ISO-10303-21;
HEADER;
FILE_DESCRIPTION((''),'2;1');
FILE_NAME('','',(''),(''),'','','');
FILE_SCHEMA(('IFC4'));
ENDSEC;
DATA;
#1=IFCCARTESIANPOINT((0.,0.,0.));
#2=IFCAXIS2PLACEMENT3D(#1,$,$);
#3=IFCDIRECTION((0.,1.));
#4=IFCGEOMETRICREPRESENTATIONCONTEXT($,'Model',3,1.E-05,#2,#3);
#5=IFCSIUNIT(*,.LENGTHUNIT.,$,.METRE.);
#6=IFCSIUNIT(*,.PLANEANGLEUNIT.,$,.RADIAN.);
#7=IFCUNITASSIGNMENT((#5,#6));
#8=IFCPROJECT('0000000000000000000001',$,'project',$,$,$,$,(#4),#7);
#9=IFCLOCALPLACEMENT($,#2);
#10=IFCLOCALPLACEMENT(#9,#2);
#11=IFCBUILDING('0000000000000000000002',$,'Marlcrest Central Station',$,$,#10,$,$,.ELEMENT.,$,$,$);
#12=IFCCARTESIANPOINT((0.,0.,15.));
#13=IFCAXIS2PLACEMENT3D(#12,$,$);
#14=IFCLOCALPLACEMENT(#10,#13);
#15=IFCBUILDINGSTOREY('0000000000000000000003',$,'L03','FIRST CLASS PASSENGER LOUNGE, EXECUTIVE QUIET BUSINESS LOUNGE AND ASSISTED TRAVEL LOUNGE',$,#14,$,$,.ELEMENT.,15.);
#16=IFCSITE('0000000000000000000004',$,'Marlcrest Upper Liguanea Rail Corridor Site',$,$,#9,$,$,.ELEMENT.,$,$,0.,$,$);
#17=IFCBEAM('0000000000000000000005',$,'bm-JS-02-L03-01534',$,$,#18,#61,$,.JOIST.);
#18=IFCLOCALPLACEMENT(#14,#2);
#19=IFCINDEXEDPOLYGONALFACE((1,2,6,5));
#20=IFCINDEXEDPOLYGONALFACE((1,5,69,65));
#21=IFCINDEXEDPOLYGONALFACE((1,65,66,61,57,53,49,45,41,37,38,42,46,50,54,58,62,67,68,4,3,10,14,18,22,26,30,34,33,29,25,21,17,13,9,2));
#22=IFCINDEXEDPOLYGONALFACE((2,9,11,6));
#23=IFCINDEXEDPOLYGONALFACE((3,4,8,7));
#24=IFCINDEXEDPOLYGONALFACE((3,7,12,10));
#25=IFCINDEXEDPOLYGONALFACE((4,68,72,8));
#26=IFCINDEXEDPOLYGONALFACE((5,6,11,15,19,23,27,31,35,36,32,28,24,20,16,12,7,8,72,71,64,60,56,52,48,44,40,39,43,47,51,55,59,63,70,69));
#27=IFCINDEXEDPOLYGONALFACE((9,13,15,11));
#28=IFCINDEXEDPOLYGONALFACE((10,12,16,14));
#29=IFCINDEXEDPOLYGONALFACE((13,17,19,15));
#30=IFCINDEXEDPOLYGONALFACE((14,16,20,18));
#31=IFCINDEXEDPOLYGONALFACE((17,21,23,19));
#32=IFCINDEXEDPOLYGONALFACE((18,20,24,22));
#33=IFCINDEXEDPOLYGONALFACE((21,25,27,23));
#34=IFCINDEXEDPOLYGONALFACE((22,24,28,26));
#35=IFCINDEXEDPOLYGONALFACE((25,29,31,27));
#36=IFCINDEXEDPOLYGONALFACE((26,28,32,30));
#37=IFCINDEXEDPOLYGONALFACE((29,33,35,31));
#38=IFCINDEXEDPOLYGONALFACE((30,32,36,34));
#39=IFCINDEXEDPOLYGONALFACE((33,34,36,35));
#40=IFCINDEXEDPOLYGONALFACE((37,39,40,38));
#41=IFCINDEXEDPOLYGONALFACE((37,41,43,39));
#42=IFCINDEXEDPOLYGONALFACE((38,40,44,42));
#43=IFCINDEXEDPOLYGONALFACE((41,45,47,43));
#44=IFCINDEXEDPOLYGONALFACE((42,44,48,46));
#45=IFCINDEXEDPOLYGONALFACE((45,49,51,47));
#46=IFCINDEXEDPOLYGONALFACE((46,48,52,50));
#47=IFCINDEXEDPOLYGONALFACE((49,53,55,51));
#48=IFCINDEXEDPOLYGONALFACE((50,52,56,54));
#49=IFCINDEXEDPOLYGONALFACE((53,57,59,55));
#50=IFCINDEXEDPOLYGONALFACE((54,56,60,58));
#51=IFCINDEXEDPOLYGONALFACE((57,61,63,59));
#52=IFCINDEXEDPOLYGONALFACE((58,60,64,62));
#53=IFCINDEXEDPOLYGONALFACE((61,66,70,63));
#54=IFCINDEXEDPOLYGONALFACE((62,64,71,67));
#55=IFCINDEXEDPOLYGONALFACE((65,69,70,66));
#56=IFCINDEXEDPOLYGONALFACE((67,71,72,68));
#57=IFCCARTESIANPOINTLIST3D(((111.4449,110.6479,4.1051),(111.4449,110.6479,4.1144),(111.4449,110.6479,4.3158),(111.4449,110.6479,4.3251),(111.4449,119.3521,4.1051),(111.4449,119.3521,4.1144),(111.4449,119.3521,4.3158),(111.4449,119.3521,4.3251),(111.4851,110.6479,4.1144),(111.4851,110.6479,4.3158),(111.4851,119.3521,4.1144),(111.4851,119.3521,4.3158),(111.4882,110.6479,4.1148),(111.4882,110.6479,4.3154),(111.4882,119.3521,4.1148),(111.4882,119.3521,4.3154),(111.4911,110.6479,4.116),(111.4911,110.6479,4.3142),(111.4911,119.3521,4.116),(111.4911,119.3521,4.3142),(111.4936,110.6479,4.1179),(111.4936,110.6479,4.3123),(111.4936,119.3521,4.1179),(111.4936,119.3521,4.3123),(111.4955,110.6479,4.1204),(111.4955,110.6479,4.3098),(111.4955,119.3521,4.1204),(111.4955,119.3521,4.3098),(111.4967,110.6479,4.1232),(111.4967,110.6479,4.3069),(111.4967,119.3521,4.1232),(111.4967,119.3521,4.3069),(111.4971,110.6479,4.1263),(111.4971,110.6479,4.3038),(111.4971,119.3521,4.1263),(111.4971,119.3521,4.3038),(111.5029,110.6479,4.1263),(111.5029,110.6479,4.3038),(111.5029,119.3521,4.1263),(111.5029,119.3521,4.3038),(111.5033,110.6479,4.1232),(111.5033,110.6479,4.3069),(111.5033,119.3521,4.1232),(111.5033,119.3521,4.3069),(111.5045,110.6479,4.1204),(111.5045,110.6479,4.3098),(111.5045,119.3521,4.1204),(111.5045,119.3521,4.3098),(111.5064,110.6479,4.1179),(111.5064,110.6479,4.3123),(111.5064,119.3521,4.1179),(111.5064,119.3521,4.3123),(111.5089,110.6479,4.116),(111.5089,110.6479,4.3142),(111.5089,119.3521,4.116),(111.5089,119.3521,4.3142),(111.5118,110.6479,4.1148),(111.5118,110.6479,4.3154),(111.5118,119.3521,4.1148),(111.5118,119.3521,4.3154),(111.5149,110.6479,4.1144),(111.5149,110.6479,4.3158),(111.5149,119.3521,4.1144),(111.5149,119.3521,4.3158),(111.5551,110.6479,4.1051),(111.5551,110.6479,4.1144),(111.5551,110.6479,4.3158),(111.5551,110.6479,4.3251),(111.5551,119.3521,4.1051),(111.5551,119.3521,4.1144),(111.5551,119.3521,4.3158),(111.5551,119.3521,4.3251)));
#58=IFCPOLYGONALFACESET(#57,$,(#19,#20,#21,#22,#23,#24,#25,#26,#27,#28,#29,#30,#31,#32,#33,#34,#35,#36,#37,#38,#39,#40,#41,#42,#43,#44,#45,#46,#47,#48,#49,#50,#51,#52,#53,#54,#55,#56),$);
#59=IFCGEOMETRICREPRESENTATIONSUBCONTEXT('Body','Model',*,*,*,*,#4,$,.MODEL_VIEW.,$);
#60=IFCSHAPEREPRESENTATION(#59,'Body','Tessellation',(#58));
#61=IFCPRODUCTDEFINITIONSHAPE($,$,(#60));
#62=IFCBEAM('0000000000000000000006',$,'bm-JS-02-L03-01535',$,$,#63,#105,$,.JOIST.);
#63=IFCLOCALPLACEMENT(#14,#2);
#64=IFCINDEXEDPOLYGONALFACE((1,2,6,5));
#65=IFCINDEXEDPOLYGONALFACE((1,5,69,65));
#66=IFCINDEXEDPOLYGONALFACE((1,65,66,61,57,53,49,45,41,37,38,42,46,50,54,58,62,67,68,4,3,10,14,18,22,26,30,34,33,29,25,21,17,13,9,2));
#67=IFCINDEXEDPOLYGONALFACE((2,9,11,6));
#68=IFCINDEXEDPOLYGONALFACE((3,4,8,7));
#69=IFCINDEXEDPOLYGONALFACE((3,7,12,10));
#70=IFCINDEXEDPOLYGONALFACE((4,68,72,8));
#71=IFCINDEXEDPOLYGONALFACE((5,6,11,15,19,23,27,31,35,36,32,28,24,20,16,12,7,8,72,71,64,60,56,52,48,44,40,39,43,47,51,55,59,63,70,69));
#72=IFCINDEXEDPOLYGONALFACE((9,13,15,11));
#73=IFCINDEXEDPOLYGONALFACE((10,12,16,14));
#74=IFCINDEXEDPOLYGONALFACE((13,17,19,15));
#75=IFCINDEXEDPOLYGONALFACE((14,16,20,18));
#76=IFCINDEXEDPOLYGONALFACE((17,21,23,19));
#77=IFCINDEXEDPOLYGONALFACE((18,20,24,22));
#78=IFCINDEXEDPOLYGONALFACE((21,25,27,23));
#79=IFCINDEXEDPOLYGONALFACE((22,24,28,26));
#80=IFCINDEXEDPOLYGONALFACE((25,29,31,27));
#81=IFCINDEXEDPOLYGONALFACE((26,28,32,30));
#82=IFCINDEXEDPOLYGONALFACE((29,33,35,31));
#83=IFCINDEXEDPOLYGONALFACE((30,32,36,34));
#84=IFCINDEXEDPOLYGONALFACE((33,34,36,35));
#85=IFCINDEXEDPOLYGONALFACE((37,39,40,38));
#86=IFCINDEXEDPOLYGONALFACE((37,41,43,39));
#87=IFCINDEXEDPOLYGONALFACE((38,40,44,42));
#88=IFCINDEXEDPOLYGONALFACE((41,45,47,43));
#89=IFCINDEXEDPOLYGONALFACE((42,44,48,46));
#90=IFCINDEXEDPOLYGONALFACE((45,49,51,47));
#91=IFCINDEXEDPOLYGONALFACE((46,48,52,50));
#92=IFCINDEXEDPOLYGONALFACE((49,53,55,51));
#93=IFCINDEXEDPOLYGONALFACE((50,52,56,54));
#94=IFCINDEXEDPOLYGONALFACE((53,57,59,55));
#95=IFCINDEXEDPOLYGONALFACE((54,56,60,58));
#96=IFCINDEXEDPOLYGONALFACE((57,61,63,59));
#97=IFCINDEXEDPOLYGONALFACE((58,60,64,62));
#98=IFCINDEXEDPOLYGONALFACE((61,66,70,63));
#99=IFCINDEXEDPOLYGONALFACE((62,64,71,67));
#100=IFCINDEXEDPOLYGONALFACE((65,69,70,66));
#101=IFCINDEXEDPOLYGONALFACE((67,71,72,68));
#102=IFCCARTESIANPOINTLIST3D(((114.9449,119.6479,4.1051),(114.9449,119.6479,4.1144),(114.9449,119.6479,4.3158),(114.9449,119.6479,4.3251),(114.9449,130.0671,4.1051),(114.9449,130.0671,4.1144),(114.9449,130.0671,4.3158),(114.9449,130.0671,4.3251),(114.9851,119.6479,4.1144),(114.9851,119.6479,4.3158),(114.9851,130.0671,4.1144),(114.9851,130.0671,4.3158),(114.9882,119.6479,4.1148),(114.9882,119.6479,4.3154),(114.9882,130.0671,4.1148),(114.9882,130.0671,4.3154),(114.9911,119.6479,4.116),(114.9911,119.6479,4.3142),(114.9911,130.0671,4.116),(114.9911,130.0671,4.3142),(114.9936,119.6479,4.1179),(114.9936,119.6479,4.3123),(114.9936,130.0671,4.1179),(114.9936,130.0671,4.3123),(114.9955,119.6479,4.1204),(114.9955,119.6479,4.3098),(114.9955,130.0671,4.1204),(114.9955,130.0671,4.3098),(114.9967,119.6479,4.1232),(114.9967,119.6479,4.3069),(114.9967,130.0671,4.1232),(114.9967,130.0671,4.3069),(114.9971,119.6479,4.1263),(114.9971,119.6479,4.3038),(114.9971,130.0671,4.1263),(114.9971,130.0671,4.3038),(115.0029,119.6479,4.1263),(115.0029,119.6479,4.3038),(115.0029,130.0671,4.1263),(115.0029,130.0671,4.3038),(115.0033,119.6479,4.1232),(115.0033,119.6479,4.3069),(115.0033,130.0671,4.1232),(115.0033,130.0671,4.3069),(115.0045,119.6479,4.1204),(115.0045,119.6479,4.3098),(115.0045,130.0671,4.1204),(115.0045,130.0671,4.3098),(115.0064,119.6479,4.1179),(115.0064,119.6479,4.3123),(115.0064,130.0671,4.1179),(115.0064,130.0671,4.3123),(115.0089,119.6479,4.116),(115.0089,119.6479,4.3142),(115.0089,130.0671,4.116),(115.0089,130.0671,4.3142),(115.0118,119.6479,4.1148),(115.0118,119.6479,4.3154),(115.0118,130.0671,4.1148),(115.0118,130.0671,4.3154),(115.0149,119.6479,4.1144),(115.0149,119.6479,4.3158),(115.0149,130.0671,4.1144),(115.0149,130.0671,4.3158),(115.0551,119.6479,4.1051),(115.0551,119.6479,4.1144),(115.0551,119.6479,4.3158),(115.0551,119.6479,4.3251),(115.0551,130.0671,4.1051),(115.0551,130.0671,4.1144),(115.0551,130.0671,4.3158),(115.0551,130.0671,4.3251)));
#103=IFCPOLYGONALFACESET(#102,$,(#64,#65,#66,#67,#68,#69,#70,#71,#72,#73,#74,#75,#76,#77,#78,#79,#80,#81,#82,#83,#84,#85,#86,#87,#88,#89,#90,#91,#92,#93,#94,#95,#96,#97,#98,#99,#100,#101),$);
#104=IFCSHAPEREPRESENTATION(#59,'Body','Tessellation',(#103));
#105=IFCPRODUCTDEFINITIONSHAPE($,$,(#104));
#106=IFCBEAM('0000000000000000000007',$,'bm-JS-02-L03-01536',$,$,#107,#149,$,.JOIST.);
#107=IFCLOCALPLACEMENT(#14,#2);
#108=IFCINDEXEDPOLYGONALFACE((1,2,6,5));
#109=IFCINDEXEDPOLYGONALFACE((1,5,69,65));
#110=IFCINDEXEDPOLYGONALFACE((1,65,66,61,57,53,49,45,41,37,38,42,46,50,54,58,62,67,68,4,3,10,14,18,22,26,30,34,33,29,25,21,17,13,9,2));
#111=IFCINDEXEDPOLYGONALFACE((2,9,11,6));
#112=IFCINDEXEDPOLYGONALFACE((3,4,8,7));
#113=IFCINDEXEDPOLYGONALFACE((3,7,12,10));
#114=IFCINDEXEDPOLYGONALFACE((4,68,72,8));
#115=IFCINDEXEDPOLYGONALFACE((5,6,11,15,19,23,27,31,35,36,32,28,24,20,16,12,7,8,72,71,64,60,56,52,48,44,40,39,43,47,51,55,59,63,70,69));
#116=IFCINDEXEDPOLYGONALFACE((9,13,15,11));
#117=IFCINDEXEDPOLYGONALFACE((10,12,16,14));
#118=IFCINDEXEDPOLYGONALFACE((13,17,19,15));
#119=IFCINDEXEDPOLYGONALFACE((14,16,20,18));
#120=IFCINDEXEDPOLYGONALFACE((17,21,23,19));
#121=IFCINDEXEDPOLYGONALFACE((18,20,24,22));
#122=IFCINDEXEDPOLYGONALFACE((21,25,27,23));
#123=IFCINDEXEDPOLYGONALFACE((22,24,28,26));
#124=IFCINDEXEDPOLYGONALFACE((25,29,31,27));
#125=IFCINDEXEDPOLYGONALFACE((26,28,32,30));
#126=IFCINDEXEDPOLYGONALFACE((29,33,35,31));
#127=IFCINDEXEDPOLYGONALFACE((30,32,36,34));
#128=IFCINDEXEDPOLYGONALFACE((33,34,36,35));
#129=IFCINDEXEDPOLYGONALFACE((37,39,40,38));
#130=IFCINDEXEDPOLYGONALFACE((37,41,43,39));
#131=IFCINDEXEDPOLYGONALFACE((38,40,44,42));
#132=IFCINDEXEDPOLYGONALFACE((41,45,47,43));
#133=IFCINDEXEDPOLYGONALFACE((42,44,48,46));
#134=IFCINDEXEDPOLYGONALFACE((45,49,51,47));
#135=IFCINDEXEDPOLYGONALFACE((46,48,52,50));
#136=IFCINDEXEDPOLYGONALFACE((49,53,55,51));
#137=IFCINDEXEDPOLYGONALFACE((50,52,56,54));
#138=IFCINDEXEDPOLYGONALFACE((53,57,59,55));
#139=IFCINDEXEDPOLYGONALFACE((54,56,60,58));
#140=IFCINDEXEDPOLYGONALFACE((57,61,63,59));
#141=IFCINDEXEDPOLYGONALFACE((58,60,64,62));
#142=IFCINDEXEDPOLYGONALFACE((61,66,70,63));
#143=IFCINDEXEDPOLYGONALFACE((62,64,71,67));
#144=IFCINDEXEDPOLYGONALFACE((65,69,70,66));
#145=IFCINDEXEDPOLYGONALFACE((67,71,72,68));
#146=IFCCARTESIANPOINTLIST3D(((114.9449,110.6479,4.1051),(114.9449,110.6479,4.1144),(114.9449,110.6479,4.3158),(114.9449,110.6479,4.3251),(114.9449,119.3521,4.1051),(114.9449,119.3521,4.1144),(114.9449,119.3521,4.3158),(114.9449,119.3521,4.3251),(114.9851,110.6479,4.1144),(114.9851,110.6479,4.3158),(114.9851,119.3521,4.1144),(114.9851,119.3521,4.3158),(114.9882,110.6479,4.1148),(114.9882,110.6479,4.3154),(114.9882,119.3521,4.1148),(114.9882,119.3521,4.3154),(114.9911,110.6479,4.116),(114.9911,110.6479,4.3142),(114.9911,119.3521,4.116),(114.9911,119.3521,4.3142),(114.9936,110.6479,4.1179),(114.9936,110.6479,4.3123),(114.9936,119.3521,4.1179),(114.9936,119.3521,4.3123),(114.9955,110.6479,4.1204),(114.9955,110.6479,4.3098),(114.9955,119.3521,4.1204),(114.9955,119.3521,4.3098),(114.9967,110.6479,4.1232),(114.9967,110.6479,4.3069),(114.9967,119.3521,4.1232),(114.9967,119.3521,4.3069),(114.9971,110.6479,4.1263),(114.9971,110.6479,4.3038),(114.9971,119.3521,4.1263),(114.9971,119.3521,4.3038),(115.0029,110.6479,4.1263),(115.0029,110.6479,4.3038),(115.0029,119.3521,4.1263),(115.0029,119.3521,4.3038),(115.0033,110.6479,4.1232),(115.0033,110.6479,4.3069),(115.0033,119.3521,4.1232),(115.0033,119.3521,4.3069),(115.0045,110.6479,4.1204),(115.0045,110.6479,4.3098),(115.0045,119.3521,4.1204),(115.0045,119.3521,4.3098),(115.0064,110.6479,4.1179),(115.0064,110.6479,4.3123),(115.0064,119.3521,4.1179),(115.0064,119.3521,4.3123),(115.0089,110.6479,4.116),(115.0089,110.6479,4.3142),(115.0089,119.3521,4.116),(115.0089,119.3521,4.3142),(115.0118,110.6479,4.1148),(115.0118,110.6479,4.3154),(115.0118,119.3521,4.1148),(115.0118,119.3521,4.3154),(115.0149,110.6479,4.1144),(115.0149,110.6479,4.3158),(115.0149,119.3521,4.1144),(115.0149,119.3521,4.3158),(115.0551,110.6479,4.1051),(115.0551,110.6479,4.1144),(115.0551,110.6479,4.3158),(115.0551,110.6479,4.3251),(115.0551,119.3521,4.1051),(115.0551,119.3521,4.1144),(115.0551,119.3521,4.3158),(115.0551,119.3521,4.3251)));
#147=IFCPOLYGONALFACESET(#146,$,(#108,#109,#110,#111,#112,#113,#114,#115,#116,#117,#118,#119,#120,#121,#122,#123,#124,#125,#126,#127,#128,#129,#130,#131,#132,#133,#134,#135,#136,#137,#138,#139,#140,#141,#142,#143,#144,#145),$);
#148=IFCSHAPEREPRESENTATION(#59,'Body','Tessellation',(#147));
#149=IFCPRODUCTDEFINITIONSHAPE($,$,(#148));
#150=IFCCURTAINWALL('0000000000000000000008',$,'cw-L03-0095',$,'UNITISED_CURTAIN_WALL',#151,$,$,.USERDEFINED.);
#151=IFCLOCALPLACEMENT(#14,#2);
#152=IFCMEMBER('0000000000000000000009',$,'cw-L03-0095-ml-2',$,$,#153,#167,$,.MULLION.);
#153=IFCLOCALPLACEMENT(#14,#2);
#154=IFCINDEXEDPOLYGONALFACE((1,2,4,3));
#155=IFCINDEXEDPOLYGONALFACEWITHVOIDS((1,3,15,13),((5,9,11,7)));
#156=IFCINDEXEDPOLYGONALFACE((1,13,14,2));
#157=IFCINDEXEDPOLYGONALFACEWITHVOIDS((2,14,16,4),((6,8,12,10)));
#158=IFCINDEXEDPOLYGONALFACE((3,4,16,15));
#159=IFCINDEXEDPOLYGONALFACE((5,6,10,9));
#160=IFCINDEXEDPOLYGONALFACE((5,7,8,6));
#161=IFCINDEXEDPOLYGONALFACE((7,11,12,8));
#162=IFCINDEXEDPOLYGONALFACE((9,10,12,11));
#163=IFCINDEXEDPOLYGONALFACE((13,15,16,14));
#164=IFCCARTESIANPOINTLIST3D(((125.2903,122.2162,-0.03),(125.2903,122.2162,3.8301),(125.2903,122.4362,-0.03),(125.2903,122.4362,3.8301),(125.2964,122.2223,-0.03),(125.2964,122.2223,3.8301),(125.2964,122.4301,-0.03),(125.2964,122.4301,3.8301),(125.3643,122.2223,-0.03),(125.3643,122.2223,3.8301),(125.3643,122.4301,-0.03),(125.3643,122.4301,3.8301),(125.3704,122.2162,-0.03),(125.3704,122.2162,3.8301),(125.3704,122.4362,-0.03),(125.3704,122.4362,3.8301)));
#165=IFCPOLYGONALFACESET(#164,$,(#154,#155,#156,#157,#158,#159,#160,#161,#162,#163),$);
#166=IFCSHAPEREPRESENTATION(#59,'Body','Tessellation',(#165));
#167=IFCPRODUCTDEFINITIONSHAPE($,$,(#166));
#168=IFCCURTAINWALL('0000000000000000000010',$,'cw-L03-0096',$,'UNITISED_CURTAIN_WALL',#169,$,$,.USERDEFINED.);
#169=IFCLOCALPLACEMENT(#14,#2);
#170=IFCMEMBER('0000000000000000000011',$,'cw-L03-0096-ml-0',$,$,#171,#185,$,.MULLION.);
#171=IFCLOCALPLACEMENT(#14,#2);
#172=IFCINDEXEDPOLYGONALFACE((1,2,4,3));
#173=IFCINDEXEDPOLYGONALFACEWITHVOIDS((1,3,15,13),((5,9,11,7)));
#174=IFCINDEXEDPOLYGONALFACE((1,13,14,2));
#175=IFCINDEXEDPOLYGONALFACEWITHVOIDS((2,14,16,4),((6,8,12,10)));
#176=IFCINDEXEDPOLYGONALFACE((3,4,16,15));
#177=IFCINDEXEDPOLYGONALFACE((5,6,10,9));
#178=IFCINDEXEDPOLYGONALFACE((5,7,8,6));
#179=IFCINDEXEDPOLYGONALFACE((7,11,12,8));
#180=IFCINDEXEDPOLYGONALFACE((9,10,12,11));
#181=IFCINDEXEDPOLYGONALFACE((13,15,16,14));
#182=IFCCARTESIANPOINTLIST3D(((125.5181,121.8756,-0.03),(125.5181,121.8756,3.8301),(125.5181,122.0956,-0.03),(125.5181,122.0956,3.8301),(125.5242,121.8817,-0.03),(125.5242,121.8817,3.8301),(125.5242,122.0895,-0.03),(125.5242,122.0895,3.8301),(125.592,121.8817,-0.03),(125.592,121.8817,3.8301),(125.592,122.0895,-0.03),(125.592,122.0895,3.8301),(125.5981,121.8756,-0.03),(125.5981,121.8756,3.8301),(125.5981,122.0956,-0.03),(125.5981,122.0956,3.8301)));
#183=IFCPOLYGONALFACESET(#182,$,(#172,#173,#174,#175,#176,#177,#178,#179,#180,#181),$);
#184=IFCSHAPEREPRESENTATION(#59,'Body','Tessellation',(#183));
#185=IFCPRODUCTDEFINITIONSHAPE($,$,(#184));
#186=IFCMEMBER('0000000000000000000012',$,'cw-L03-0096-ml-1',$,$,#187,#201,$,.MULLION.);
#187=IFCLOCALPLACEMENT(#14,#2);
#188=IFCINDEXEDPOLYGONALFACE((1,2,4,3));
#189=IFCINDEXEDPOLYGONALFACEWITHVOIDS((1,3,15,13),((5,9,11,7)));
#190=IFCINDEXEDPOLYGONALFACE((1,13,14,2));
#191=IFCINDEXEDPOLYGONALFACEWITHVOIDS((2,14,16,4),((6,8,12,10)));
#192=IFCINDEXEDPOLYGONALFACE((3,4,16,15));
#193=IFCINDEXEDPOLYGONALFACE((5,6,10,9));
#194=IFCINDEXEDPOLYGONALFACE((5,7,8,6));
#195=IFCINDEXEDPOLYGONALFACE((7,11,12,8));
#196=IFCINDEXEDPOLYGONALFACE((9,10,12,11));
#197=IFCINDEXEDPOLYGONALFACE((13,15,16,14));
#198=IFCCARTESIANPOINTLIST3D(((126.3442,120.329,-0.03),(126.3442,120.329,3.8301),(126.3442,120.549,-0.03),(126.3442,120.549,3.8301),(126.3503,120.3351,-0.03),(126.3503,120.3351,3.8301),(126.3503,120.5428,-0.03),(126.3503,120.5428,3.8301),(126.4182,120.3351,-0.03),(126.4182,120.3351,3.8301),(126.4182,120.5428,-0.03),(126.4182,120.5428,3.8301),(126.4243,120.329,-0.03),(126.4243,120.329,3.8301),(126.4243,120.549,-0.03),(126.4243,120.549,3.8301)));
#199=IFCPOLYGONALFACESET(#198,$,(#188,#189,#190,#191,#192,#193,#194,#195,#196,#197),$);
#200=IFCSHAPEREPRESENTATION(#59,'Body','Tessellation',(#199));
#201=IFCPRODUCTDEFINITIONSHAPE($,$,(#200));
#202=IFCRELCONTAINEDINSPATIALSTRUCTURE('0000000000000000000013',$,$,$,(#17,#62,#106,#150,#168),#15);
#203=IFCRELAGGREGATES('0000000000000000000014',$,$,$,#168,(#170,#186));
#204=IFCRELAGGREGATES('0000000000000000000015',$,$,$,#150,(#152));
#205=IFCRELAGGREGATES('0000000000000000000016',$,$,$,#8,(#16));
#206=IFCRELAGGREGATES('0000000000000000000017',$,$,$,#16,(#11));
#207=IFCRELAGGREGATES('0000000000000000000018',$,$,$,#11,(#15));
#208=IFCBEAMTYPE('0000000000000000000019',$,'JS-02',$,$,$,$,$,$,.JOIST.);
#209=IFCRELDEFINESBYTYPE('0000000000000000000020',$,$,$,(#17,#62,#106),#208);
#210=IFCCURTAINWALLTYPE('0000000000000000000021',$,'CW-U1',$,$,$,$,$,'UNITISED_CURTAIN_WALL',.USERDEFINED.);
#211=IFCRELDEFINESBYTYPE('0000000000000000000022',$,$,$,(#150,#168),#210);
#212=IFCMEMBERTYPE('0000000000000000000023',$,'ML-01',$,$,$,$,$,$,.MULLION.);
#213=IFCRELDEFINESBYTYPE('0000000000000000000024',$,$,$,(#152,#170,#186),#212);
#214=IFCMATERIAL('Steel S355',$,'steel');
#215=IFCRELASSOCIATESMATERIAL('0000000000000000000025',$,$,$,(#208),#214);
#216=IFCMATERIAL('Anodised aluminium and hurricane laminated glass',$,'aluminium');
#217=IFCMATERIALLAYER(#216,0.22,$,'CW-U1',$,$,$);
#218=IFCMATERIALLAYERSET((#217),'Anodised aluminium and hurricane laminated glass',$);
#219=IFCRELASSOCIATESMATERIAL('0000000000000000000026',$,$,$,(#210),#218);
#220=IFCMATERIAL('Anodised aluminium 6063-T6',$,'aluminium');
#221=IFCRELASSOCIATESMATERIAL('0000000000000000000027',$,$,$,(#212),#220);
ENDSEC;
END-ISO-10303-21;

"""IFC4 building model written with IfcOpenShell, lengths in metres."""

from ifc_helpers import new_model, si_unit, direction, frame, origin, origin_2d, place, context, subcontext, project, spatial, hollow_rectangle, i_section, extrude, material, layer, layer_set, material_profile, profile_set, type_object, element, aggregate, save


model = new_model("IFC4")

# Units and contexts
model_context = context("Model", 3, precision=1e-05, world=origin(), true_north=direction((0.0, 1.0)))
body_context = subcontext(model_context, "Body", "Model", "MODEL_VIEW")
ifc_project = project(units=[si_unit("LENGTHUNIT", "METRE"), si_unit("PLANEANGLEUNIT", "RADIAN")], contexts=[model_context])

# Site, building, storey
site_placement = place(None, origin())
site = spatial("IfcSite", under=ifc_project, at=site_placement, Name="Marlcrest Upper Liguanea Rail Corridor Site", CompositionType="ELEMENT", RefElevation=0.0)
building_placement = place(site_placement, origin())
building = spatial("IfcBuilding", under=site, at=building_placement, Name="Marlcrest Central Station", CompositionType="ELEMENT")
storey_placement = place(building_placement, frame((0.0, 0.0, 15.0)))
storey = spatial("IfcBuildingStorey", under=building, at=storey_placement, Name="L03", Description="FIRST CLASS PASSENGER LOUNGE, EXECUTIVE QUIET BUSINESS LOUNGE AND ASSISTED TRAVEL LOUNGE", CompositionType="ELEMENT", Elevation=15.0)

# Shared definitions
ifc_material_1 = material(Name="Steel S355", Category="steel")

# Beams
ifc_material_profile_1 = material_profile(ifc_material_1, i_section(OverallWidth=0.1101, OverallDepth=0.22, WebThickness=0.0059, FlangeThickness=0.0093, FilletRadius=0.012, at=origin_2d()), Name="IPE 220")
ifc_profile_set_1 = profile_set([ifc_material_profile_1], Name="Steel S355")
beam_type_1 = type_object("IfcBeamType", Name="JS-02", PredefinedType="JOIST", material=ifc_profile_set_1)
beam_1_placement = place(storey_placement, frame((111.5, 110.6479, 4.2151), z_axis=(0.0, 1.0, 0.0), x_axis=(-1.0, 0.0, 0.0)))
element("IfcBeam", 1, at=beam_1_placement, inside=storey, type_object=beam_type_1, Name="bm-JS-02-L03-01534", PredefinedType="JOIST", context=body_context, shape_type="SweptSolid", body=[
    extrude(i_section(OverallWidth=0.1101, OverallDepth=0.22, WebThickness=0.0059, FlangeThickness=0.0093, FilletRadius=0.012, at=origin_2d()), origin(), (0.0, 0.0, 1.0), 8.7041),
])
beam_2_placement = place(storey_placement, frame((115.0, 119.6479, 4.2151), z_axis=(0.0, 1.0, 0.0), x_axis=(-1.0, 0.0, 0.0)))
element("IfcBeam", 2, at=beam_2_placement, inside=storey, type_object=beam_type_1, Name="bm-JS-02-L03-01535", PredefinedType="JOIST", context=body_context, shape_type="SweptSolid", body=[
    extrude(i_section(OverallWidth=0.1101, OverallDepth=0.22, WebThickness=0.0059, FlangeThickness=0.0093, FilletRadius=0.012, at=origin_2d()), origin(), (0.0, 0.0, 1.0), 10.4192),
])
beam_3_placement = place(storey_placement, frame((115.0, 110.6479, 4.2151), z_axis=(0.0, 1.0, 0.0), x_axis=(-1.0, 0.0, 0.0)))
element("IfcBeam", 3, at=beam_3_placement, inside=storey, type_object=beam_type_1, Name="bm-JS-02-L03-01536", PredefinedType="JOIST", context=body_context, shape_type="SweptSolid", body=[
    extrude(i_section(OverallWidth=0.1101, OverallDepth=0.22, WebThickness=0.0059, FlangeThickness=0.0093, FilletRadius=0.012, at=origin_2d()), origin(), (0.0, 0.0, 1.0), 8.7041),
])

# Curtain wall, member
ifc_material_2 = material(Name="Anodised aluminium and hurricane laminated glass", Category="aluminium")
ifc_layer_1 = layer(ifc_material_2, 0.22, Name="CW-U1")
ifc_layer_set_1 = layer_set([ifc_layer_1], Name="Anodised aluminium and hurricane laminated glass")
curtain_wall_type = type_object("IfcCurtainWallType", Name="CW-U1", ElementType="UNITISED_CURTAIN_WALL", PredefinedType="USERDEFINED", material=ifc_layer_set_1)
curtain_wall_1_placement = place(storey_placement, origin())
curtain_wall_1 = element("IfcCurtainWall", 4, at=curtain_wall_1_placement, inside=storey, type_object=curtain_wall_type, Name="cw-L03-0095", ObjectType="UNITISED_CURTAIN_WALL", PredefinedType="USERDEFINED")
ifc_material_3 = material(Name="Anodised aluminium 6063-T6", Category="aluminium")
ifc_material_profile_2 = material_profile(ifc_material_3, hollow_rectangle(XDim=0.0801, YDim=0.22, WallThickness=0.0061, at=origin_2d()), Name="AA-RHS 220x80x6")
ifc_profile_set_2 = profile_set([ifc_material_profile_2], Name="Anodised aluminium 6063-T6")
member_type_1 = type_object("IfcMemberType", Name="ML-01", PredefinedType="MULLION", material=ifc_profile_set_2)
member_1_placement = place(storey_placement, frame((125.3303, 122.3262, -0.03), z_axis=(0.0, 0.0, 1.0), x_axis=(1.0, 0.0, 0.0)))
member_1 = element("IfcMember", 5, at=member_1_placement, type_object=member_type_1, Name="cw-L03-0095-ml-2", PredefinedType="MULLION", context=body_context, shape_type="SweptSolid", body=[
    extrude(hollow_rectangle(XDim=0.0801, YDim=0.22, WallThickness=0.0061, at=origin_2d()), origin(), (0.0, 0.0, 1.0), 3.8601),
])

# Curtain wall, members
curtain_wall_2_placement = place(storey_placement, origin())
curtain_wall_2 = element("IfcCurtainWall", 6, at=curtain_wall_2_placement, inside=storey, type_object=curtain_wall_type, Name="cw-L03-0096", ObjectType="UNITISED_CURTAIN_WALL", PredefinedType="USERDEFINED")
member_2_placement = place(storey_placement, frame((125.5581, 121.9856, -0.03), z_axis=(0.0, 0.0, 1.0), x_axis=(1.0, 0.0, 0.0)))
member_2 = element("IfcMember", 7, at=member_2_placement, type_object=member_type_1, Name="cw-L03-0096-ml-0", PredefinedType="MULLION", context=body_context, shape_type="SweptSolid", body=[
    extrude(hollow_rectangle(XDim=0.0801, YDim=0.22, WallThickness=0.0061, at=origin_2d()), origin(), (0.0, 0.0, 1.0), 3.8601),
])
member_3_placement = place(storey_placement, frame((126.3843, 120.439, -0.03), z_axis=(0.0, 0.0, 1.0), x_axis=(1.0, 0.0, 0.0)))
member_3 = element("IfcMember", 8, at=member_3_placement, type_object=member_type_1, Name="cw-L03-0096-ml-1", PredefinedType="MULLION", context=body_context, shape_type="SweptSolid", body=[
    extrude(hollow_rectangle(XDim=0.0801, YDim=0.22, WallThickness=0.0061, at=origin_2d()), origin(), (0.0, 0.0, 1.0), 3.8601),
])

aggregate(curtain_wall_2, [member_2, member_3])
aggregate(curtain_wall_1, [member_1])

save(model, "model.ifc")
